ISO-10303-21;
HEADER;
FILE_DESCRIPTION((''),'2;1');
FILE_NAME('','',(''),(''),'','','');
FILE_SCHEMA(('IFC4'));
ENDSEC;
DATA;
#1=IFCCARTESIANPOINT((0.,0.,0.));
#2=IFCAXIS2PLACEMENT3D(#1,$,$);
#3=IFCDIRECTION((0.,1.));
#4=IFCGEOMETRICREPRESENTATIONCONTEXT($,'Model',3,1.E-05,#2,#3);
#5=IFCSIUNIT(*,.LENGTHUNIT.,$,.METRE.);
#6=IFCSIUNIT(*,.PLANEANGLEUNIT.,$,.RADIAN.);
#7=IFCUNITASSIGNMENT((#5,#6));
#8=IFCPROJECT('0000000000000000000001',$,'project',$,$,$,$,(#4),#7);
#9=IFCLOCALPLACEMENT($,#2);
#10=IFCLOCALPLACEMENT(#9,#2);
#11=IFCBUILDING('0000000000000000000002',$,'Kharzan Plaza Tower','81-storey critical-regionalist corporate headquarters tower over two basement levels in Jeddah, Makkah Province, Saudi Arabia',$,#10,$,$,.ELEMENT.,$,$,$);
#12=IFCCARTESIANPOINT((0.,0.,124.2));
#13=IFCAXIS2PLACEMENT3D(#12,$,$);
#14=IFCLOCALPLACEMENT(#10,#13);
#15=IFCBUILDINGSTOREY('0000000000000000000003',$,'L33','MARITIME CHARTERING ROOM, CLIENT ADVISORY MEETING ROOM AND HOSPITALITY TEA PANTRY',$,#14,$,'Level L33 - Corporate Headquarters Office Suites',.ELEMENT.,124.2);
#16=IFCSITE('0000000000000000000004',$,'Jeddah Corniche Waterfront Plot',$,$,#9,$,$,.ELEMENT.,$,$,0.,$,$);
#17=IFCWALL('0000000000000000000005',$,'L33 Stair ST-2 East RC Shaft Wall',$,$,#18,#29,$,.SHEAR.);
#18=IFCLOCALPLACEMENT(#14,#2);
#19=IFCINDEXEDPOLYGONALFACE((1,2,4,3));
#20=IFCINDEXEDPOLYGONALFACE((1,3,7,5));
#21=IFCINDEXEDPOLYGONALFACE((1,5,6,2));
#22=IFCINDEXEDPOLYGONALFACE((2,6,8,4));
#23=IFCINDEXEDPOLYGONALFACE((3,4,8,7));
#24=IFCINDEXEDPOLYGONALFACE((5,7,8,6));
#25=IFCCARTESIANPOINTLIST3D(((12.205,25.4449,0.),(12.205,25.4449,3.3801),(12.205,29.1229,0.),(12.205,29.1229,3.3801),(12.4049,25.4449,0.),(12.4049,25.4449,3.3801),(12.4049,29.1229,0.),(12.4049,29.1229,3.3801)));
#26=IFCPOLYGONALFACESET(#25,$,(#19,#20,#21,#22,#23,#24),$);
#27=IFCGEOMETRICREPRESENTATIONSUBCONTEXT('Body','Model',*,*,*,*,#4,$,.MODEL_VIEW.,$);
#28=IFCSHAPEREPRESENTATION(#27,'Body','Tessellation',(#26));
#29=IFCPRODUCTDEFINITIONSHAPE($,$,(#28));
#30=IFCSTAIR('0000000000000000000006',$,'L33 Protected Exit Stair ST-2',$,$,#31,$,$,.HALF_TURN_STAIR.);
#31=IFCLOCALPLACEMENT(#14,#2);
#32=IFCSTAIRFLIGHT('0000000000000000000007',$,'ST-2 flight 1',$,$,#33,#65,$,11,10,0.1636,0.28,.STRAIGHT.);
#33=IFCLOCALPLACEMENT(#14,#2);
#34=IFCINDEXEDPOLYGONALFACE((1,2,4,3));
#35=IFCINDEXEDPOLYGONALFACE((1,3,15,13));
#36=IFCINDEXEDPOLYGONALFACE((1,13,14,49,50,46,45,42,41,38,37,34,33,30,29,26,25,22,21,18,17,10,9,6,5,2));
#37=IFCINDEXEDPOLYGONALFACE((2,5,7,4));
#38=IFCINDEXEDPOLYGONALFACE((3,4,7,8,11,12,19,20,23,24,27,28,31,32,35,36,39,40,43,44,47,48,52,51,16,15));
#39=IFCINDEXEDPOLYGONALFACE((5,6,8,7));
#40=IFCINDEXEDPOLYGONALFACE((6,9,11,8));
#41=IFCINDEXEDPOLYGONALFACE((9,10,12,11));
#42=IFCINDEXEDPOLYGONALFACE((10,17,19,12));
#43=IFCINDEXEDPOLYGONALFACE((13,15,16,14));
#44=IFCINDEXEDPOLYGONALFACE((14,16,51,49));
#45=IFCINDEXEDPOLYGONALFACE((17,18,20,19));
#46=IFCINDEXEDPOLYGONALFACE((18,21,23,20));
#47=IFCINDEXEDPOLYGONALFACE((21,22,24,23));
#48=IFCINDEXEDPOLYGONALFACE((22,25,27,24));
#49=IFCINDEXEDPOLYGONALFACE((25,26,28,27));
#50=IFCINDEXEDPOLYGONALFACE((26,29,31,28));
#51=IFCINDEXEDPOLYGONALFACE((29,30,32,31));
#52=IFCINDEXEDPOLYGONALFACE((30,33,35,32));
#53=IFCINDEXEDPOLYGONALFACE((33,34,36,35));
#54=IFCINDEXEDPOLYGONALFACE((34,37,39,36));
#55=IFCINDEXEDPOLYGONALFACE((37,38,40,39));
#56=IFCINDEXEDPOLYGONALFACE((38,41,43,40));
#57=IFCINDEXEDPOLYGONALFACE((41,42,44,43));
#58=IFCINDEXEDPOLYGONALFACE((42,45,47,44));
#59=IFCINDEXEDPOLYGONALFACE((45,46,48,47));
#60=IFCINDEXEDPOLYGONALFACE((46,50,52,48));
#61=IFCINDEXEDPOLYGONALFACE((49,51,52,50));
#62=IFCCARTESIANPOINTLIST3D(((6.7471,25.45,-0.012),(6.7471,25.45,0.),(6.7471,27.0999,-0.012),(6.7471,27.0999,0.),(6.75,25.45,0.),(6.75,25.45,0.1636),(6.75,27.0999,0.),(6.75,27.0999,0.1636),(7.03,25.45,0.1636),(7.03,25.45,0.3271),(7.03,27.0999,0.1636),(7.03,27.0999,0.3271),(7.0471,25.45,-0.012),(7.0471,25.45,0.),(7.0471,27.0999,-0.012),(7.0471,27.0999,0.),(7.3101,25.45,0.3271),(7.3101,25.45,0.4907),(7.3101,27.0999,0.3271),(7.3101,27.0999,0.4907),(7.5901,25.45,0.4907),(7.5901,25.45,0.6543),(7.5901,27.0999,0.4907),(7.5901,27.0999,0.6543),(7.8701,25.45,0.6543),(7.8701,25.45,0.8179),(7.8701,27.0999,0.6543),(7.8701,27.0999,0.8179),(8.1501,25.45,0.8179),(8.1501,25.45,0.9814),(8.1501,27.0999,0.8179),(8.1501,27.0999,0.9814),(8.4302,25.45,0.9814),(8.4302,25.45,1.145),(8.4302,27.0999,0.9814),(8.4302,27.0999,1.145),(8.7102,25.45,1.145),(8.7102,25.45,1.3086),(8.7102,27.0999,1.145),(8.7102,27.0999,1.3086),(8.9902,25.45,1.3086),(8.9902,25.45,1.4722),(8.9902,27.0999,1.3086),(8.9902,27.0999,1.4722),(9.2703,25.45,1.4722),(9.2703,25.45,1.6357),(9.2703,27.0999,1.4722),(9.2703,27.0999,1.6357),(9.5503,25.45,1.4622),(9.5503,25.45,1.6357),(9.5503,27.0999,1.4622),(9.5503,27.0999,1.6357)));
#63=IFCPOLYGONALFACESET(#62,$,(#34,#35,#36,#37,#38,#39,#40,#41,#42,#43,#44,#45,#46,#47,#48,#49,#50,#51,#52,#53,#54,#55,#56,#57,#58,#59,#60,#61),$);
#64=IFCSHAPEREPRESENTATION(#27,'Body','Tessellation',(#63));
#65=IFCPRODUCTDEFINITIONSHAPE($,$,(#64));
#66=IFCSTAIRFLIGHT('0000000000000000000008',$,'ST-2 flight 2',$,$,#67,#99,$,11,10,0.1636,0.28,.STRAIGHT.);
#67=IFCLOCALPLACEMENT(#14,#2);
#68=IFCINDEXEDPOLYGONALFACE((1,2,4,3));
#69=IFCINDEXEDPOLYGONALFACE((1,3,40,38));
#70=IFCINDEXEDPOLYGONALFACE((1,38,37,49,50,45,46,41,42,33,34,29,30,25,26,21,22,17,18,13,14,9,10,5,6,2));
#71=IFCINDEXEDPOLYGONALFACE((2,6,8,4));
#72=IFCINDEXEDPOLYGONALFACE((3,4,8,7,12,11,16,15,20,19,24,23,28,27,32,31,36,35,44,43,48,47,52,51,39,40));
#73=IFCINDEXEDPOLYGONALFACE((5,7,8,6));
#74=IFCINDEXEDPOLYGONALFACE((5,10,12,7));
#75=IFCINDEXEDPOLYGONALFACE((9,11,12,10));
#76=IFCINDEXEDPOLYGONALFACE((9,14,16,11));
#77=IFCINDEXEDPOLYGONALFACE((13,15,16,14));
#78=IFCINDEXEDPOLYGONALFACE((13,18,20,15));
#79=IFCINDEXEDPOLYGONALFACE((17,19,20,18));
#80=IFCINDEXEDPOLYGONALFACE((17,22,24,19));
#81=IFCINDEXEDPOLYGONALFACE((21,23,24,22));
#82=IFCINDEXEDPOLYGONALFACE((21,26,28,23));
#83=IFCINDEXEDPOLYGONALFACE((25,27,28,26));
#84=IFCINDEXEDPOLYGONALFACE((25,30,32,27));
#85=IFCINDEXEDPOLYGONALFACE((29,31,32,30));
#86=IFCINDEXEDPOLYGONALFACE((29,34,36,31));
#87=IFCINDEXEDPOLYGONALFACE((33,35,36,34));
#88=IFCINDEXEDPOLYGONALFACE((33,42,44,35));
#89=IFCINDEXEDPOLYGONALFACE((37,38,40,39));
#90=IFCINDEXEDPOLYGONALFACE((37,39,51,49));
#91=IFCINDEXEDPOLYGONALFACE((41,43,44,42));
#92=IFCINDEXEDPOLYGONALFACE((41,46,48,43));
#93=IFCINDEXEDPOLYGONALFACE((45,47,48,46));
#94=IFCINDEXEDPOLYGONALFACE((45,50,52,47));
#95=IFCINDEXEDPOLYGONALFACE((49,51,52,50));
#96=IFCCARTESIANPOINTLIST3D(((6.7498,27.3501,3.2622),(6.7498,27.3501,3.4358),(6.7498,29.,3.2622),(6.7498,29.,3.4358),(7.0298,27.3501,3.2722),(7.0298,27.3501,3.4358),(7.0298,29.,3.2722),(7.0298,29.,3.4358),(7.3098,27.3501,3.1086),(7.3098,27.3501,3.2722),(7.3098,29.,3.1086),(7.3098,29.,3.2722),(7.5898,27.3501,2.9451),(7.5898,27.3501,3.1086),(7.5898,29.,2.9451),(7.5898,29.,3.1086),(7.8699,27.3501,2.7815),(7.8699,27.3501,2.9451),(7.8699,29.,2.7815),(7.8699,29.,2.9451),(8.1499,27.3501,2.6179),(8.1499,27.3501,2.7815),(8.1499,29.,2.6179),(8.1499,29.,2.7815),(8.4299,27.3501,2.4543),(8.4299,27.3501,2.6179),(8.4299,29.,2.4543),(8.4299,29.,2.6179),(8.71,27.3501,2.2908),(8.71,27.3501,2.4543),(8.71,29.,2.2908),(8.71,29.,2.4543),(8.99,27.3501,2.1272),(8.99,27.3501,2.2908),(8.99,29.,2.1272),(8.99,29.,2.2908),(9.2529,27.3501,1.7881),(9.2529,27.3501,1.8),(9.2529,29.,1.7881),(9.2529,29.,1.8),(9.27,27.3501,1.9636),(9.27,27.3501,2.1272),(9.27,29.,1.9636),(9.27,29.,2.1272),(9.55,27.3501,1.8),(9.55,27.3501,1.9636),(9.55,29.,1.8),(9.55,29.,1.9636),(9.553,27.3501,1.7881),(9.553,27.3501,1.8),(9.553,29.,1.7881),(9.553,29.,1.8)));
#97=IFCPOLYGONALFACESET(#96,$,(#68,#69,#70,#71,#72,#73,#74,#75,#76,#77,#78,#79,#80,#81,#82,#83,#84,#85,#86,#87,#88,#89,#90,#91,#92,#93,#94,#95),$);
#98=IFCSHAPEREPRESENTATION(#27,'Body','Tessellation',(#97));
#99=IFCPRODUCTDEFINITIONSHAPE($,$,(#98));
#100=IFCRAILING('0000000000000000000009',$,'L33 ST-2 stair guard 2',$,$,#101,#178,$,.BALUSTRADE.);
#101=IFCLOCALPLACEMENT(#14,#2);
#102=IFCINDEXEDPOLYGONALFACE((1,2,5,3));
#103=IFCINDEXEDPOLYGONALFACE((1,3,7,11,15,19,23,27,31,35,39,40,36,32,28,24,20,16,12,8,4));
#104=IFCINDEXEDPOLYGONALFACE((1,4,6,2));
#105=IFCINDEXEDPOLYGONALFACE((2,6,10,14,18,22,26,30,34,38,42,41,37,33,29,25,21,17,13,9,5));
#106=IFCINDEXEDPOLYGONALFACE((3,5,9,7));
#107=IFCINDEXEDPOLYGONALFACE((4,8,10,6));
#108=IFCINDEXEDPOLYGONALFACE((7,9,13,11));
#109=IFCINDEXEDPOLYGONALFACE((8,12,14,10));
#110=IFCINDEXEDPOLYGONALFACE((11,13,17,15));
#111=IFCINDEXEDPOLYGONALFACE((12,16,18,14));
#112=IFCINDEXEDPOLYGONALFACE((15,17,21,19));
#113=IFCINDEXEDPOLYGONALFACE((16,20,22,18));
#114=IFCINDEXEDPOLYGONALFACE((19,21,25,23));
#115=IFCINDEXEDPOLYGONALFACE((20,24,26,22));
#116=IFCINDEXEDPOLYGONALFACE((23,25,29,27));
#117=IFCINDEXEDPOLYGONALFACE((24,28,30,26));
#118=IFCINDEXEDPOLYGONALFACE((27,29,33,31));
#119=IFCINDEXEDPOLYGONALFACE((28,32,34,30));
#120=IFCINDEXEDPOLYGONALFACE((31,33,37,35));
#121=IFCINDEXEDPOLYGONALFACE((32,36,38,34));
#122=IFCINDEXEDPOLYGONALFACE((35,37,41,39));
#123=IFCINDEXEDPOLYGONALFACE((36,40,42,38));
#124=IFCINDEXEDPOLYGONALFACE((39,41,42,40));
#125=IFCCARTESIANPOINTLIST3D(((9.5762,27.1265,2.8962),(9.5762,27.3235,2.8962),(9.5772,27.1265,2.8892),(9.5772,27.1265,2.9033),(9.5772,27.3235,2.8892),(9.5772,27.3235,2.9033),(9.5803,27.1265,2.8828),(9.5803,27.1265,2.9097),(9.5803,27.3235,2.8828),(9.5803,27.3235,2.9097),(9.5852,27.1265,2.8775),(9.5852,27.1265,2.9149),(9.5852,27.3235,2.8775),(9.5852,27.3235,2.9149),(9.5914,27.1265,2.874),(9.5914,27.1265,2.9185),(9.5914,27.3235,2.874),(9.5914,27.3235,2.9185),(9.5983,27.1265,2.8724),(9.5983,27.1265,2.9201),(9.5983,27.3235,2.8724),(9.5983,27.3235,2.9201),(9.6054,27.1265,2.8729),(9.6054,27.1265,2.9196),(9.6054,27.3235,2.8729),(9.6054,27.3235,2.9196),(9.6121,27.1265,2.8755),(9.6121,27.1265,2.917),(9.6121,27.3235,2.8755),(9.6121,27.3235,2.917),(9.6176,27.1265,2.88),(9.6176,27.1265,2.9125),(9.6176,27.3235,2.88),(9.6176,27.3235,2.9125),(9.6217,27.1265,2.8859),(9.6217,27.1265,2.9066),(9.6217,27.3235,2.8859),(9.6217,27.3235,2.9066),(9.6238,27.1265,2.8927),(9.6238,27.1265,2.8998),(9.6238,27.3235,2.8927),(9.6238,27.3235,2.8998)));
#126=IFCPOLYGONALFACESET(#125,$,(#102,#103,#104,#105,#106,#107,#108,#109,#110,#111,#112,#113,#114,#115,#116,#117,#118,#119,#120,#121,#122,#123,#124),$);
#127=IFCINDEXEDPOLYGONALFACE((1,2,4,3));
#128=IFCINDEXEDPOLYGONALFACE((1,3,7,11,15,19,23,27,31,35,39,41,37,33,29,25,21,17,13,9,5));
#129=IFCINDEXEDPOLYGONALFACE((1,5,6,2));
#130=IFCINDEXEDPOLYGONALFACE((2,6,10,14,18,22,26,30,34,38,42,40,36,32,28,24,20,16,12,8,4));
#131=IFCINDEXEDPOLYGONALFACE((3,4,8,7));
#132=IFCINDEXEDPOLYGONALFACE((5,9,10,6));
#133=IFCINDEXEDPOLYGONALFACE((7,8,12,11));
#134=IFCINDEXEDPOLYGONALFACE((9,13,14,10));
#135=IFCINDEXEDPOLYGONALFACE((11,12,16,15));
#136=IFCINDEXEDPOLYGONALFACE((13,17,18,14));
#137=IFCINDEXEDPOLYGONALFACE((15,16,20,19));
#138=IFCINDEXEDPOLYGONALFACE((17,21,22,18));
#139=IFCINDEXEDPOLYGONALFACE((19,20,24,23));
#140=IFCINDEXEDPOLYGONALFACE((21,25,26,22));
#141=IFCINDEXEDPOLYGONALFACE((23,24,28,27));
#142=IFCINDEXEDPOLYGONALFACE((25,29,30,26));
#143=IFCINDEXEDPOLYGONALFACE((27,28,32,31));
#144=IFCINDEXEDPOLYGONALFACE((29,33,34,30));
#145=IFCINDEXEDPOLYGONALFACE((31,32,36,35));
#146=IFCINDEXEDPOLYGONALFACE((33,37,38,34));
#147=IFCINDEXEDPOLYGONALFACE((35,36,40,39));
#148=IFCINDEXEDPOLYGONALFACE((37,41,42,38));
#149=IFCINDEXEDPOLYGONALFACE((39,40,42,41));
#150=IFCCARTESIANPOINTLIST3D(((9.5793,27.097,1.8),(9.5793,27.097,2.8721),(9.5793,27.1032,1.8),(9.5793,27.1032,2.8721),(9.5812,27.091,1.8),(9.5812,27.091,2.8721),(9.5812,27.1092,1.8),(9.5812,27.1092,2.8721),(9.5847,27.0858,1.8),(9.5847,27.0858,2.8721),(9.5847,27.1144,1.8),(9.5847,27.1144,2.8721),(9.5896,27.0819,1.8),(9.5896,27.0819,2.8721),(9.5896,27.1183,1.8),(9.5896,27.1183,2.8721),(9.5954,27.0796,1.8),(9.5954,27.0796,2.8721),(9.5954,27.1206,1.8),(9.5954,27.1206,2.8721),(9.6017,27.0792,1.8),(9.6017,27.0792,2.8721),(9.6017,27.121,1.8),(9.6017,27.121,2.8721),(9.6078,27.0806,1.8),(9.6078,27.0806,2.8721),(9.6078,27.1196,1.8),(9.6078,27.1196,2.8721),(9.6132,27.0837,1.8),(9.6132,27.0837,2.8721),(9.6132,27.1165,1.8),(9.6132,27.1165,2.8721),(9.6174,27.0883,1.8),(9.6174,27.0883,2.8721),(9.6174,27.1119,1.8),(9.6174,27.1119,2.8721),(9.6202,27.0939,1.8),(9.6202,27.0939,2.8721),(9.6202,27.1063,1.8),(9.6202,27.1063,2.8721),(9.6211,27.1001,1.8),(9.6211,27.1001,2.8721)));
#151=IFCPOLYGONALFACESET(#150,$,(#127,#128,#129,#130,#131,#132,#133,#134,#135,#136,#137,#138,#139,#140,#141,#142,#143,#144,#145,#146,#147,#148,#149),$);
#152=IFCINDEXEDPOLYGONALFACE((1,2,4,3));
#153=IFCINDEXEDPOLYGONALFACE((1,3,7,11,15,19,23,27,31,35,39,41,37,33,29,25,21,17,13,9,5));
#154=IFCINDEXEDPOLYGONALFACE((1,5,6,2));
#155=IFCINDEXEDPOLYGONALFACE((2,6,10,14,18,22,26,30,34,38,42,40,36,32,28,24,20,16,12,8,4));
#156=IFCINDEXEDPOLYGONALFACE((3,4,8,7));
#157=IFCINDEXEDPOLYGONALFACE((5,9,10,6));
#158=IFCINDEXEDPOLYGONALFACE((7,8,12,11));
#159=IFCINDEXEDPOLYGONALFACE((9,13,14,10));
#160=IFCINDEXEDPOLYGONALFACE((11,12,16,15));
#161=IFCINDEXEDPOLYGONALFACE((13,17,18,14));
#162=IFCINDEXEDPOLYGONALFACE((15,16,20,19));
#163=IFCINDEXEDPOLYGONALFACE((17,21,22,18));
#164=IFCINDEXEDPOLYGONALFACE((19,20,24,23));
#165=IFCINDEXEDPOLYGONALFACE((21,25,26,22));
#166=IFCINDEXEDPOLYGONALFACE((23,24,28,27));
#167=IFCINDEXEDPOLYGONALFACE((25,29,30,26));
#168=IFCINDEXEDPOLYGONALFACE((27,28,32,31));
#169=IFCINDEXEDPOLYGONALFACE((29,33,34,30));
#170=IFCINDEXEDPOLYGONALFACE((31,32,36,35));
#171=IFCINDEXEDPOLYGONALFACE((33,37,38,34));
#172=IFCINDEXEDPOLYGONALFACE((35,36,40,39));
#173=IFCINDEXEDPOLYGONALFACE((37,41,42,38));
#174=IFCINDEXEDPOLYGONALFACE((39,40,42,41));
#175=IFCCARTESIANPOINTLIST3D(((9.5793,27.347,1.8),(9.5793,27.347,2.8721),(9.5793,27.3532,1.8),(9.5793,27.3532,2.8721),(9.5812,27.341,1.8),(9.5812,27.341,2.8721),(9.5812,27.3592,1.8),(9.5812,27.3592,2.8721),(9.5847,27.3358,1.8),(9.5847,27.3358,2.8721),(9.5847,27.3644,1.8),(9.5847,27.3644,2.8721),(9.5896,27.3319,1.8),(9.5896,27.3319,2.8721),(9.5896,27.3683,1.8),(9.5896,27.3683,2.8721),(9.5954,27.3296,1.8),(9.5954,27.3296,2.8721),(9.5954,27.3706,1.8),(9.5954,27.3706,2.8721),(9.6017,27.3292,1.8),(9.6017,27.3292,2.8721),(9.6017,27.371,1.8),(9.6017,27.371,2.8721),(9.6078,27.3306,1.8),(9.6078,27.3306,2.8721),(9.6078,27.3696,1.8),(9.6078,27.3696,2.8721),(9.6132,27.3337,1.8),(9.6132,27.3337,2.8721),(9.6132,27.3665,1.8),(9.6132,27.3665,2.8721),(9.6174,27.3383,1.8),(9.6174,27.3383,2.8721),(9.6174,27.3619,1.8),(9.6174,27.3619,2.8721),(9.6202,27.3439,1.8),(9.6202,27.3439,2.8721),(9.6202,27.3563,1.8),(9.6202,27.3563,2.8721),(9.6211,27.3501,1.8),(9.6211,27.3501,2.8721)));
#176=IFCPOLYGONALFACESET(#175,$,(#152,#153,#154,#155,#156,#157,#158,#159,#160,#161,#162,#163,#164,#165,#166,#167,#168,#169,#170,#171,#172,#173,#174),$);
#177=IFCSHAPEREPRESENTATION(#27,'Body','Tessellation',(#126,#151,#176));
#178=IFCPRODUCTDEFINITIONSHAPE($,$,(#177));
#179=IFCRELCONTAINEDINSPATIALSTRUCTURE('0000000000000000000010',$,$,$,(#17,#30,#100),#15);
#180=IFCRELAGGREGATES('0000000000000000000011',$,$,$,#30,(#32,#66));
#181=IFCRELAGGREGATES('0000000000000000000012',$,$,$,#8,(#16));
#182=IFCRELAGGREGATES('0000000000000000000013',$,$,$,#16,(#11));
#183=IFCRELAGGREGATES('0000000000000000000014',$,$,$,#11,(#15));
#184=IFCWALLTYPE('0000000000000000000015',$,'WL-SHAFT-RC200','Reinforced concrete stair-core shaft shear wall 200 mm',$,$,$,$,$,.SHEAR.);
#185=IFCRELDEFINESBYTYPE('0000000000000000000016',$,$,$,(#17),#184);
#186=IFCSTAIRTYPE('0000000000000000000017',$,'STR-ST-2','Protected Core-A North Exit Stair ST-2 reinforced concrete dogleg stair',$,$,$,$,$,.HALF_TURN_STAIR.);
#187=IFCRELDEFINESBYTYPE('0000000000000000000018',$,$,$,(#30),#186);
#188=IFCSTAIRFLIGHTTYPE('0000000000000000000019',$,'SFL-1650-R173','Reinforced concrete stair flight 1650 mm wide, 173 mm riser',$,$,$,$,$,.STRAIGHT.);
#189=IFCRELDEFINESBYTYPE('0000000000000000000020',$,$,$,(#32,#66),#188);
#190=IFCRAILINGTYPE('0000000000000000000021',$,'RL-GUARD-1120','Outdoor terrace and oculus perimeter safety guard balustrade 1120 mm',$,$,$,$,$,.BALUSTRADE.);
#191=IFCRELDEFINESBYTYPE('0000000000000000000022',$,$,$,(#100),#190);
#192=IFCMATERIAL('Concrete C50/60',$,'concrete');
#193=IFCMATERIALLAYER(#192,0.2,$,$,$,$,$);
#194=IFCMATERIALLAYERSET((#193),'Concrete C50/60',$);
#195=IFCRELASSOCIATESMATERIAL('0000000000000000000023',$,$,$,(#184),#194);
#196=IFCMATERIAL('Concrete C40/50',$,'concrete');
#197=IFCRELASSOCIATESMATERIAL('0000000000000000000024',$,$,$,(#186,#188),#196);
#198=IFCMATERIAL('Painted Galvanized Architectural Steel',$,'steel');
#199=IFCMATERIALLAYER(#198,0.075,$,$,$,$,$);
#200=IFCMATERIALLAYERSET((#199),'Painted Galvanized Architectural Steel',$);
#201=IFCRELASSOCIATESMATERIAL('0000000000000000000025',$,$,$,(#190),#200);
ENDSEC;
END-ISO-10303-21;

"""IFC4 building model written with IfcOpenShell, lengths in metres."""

from ifc_helpers import new_model, si_unit, direction, frame, frame_2d, origin, origin_2d, place, context, subcontext, project, spatial, polyline, rectangle, circle, outline, extrude, source, transform, mapped, material, layer, layer_set, type_object, element, aggregate, save


model = new_model("IFC4")

# Units and contexts
model_context = context("Model", 3, precision=1e-05, world=origin(), true_north=direction((0.0, 1.0)))
body_context = subcontext(model_context, "Body", "Model", "MODEL_VIEW")
ifc_project = project(units=[si_unit("LENGTHUNIT", "METRE"), si_unit("PLANEANGLEUNIT", "RADIAN")], contexts=[model_context])

# Site, building, storey
site_placement = place(None, origin())
site = spatial("IfcSite", under=ifc_project, at=site_placement, Name="Jeddah Corniche Waterfront Plot", CompositionType="ELEMENT", RefElevation=0.0)
building_placement = place(site_placement, origin())
building = spatial("IfcBuilding", under=site, at=building_placement, Name="Kharzan Plaza Tower", Description="81-storey critical-regionalist corporate headquarters tower over two basement levels in Jeddah, Makkah Province, Saudi Arabia", CompositionType="ELEMENT")
storey_placement = place(building_placement, frame((0.0, 0.0, 124.2)))
storey = spatial("IfcBuildingStorey", under=building, at=storey_placement, Name="L33", Description="MARITIME CHARTERING ROOM, CLIENT ADVISORY MEETING ROOM AND HOSPITALITY TEA PANTRY", LongName="Level L33 - Corporate Headquarters Office Suites", CompositionType="ELEMENT", Elevation=124.2)

# Shared definitions
ifc_material_1 = material(Name="Concrete C40/50", Category="concrete")

# Wall
ifc_material_2 = material(Name="Concrete C50/60", Category="concrete")
ifc_layer_1 = layer(ifc_material_2, 0.2)
ifc_layer_set_1 = layer_set([ifc_layer_1], Name="Concrete C50/60")
wall_type_1 = type_object("IfcWallType", Name="WL-SHAFT-RC200", Description="Reinforced concrete stair-core shaft shear wall 200 mm", PredefinedType="SHEAR", material=ifc_layer_set_1)
shared_shape_1 = source(origin(), body_context, "Body", "SweptSolid", [
    extrude(rectangle(XDim=3.678, YDim=0.2, at=frame_2d((1.8389, 0.0))), origin(), (0.0, 0.0, 1.0), 3.3801),
])
wall_1_placement = place(storey_placement, frame((12.3049, 25.4451, 0.0), z_axis=(0.0, 0.0, 1.0), x_axis=(0.0, 1.0, 0.0)))
element("IfcWall", 1, at=wall_1_placement, inside=storey, type_object=wall_type_1, Name="L33 Stair ST-2 East RC Shaft Wall", PredefinedType="SHEAR", context=body_context, shape_type="MappedRepresentation", body=[
    mapped(shared_shape_1, transform((0.0, 0.0, 0.0), x_axis=(1.0, 0.0, 0.0), y_axis=(0.0, 1.0, 0.0), z_axis=(0.0, 0.0, 1.0))),
])

# Stair, stair flights
stair_type = type_object("IfcStairType", Name="STR-ST-2", Description="Protected Core-A North Exit Stair ST-2 reinforced concrete dogleg stair", PredefinedType="HALF_TURN_STAIR", material=ifc_material_1)
stair_placement = place(storey_placement, origin())
stair = element("IfcStair", 2, at=stair_placement, inside=storey, type_object=stair_type, Name="L33 Protected Exit Stair ST-2", PredefinedType="HALF_TURN_STAIR")
stair_flight_type = type_object("IfcStairFlightType", Name="SFL-1650-R173", Description="Reinforced concrete stair flight 1650 mm wide, 173 mm riser", PredefinedType="STRAIGHT", material=ifc_material_1)
shared_shape_2 = source(origin(), body_context, "Body", "SweptSolid", [
    extrude(outline(polyline([(-0.0029, -0.012), (-0.0029, 0.0), (0.0, 0.0), (0.0, 0.1636), (0.28, 0.1636), (0.28, 0.3271), (0.5601, 0.3271), (0.5601, 0.4907), (0.8401, 0.4907), (0.8401, 0.6543), (1.1201, 0.6543), (1.1201, 0.8179), (1.4001, 0.8179), (1.4001, 0.9814), (1.6802, 0.9814), (1.6802, 1.145), (1.9602, 1.145), (1.9602, 1.3086), (2.2402, 1.3086), (2.2402, 1.4722), (2.5203, 1.4722), (2.5203, 1.6357), (2.8003, 1.6357), (2.8003, 1.7993), (2.8003, 1.4622), (0.2971, 0.0), (0.2971, -0.012), (-0.0029, -0.012)])), frame((0.0, 0.825, 0.0), z_axis=(0.0, -1.0, 0.0), x_axis=(1.0, 0.0, 0.0)), (0.0, 0.0, 1.0), 1.6499),
])
stair_flight_1_placement = place(storey_placement, frame((6.75, 26.2749, 0.0), z_axis=(0.0, 0.0, 1.0), x_axis=(1.0, 0.0, 0.0)))
stair_flight_1 = element("IfcStairFlight", 3, at=stair_flight_1_placement, type_object=stair_flight_type, Name="ST-2 flight 1", NumberOfRisers=11, NumberOfTreads=10, PredefinedType="STRAIGHT", RiserHeight=0.1636, TreadLength=0.28, context=body_context, shape_type="MappedRepresentation", body=[
    mapped(shared_shape_2, transform((0.0, 0.0, 0.0), x_axis=(1.0, 0.0, 0.0), y_axis=(0.0, 1.0, 0.0), z_axis=(0.0, 0.0, 1.0))),
])
stair_flight_2_placement = place(storey_placement, frame((9.55, 28.175, 1.8), z_axis=(0.0, 0.0, 1.0), x_axis=(-1.0, 0.0, 0.0)))
stair_flight_2 = element("IfcStairFlight", 4, at=stair_flight_2_placement, type_object=stair_flight_type, Name="ST-2 flight 2", NumberOfRisers=11, NumberOfTreads=10, PredefinedType="STRAIGHT", RiserHeight=0.1636, TreadLength=0.28, context=body_context, shape_type="MappedRepresentation", body=[
    mapped(shared_shape_2, transform((0.0, 0.0, 0.0), x_axis=(1.0, 0.0, 0.0), y_axis=(0.0, 1.0, 0.0), z_axis=(0.0, 0.0, 1.0))),
])
aggregate(stair, [stair_flight_1, stair_flight_2])

# Railing
ifc_material_3 = material(Name="Painted Galvanized Architectural Steel", Category="steel")
ifc_layer_2 = layer(ifc_material_3, 0.075)
ifc_layer_set_2 = layer_set([ifc_layer_2], Name="Painted Galvanized Architectural Steel")
railing_type_1 = type_object("IfcRailingType", Name="RL-GUARD-1120", Description="Outdoor terrace and oculus perimeter safety guard balustrade 1120 mm", PredefinedType="BALUSTRADE", material=ifc_layer_set_2)
shared_shape_3 = source(origin(), body_context, "Body", "SweptSolid", [
    extrude(circle(Radius=0.0239, at=origin_2d()), frame((0.0, 0.0264, 1.0962), z_axis=(0.0, 1.0, 0.0), x_axis=(-1.0, 0.0, 0.0)), (0.0, 0.0, 1.0), 0.197),
    extrude(circle(Radius=0.021, at=origin_2d()), origin(), (0.0, 0.0, 1.0), 1.072),
    extrude(circle(Radius=0.021, at=origin_2d()), frame((0.0, 0.25, 0.0)), (0.0, 0.0, 1.0), 1.072),
])
railing_1_placement = place(storey_placement, frame((9.6001, 27.1001, 1.8)))
element("IfcRailing", 5, at=railing_1_placement, inside=storey, type_object=railing_type_1, Name="L33 ST-2 stair guard 2", PredefinedType="BALUSTRADE", context=body_context, shape_type="MappedRepresentation", body=[
    mapped(shared_shape_3, transform((0.0, 0.0, 0.0), x_axis=(1.0, 0.0, 0.0), y_axis=(0.0, 1.0, 0.0), z_axis=(0.0, 0.0, 1.0))),
])

save(model, "model.ifc")
